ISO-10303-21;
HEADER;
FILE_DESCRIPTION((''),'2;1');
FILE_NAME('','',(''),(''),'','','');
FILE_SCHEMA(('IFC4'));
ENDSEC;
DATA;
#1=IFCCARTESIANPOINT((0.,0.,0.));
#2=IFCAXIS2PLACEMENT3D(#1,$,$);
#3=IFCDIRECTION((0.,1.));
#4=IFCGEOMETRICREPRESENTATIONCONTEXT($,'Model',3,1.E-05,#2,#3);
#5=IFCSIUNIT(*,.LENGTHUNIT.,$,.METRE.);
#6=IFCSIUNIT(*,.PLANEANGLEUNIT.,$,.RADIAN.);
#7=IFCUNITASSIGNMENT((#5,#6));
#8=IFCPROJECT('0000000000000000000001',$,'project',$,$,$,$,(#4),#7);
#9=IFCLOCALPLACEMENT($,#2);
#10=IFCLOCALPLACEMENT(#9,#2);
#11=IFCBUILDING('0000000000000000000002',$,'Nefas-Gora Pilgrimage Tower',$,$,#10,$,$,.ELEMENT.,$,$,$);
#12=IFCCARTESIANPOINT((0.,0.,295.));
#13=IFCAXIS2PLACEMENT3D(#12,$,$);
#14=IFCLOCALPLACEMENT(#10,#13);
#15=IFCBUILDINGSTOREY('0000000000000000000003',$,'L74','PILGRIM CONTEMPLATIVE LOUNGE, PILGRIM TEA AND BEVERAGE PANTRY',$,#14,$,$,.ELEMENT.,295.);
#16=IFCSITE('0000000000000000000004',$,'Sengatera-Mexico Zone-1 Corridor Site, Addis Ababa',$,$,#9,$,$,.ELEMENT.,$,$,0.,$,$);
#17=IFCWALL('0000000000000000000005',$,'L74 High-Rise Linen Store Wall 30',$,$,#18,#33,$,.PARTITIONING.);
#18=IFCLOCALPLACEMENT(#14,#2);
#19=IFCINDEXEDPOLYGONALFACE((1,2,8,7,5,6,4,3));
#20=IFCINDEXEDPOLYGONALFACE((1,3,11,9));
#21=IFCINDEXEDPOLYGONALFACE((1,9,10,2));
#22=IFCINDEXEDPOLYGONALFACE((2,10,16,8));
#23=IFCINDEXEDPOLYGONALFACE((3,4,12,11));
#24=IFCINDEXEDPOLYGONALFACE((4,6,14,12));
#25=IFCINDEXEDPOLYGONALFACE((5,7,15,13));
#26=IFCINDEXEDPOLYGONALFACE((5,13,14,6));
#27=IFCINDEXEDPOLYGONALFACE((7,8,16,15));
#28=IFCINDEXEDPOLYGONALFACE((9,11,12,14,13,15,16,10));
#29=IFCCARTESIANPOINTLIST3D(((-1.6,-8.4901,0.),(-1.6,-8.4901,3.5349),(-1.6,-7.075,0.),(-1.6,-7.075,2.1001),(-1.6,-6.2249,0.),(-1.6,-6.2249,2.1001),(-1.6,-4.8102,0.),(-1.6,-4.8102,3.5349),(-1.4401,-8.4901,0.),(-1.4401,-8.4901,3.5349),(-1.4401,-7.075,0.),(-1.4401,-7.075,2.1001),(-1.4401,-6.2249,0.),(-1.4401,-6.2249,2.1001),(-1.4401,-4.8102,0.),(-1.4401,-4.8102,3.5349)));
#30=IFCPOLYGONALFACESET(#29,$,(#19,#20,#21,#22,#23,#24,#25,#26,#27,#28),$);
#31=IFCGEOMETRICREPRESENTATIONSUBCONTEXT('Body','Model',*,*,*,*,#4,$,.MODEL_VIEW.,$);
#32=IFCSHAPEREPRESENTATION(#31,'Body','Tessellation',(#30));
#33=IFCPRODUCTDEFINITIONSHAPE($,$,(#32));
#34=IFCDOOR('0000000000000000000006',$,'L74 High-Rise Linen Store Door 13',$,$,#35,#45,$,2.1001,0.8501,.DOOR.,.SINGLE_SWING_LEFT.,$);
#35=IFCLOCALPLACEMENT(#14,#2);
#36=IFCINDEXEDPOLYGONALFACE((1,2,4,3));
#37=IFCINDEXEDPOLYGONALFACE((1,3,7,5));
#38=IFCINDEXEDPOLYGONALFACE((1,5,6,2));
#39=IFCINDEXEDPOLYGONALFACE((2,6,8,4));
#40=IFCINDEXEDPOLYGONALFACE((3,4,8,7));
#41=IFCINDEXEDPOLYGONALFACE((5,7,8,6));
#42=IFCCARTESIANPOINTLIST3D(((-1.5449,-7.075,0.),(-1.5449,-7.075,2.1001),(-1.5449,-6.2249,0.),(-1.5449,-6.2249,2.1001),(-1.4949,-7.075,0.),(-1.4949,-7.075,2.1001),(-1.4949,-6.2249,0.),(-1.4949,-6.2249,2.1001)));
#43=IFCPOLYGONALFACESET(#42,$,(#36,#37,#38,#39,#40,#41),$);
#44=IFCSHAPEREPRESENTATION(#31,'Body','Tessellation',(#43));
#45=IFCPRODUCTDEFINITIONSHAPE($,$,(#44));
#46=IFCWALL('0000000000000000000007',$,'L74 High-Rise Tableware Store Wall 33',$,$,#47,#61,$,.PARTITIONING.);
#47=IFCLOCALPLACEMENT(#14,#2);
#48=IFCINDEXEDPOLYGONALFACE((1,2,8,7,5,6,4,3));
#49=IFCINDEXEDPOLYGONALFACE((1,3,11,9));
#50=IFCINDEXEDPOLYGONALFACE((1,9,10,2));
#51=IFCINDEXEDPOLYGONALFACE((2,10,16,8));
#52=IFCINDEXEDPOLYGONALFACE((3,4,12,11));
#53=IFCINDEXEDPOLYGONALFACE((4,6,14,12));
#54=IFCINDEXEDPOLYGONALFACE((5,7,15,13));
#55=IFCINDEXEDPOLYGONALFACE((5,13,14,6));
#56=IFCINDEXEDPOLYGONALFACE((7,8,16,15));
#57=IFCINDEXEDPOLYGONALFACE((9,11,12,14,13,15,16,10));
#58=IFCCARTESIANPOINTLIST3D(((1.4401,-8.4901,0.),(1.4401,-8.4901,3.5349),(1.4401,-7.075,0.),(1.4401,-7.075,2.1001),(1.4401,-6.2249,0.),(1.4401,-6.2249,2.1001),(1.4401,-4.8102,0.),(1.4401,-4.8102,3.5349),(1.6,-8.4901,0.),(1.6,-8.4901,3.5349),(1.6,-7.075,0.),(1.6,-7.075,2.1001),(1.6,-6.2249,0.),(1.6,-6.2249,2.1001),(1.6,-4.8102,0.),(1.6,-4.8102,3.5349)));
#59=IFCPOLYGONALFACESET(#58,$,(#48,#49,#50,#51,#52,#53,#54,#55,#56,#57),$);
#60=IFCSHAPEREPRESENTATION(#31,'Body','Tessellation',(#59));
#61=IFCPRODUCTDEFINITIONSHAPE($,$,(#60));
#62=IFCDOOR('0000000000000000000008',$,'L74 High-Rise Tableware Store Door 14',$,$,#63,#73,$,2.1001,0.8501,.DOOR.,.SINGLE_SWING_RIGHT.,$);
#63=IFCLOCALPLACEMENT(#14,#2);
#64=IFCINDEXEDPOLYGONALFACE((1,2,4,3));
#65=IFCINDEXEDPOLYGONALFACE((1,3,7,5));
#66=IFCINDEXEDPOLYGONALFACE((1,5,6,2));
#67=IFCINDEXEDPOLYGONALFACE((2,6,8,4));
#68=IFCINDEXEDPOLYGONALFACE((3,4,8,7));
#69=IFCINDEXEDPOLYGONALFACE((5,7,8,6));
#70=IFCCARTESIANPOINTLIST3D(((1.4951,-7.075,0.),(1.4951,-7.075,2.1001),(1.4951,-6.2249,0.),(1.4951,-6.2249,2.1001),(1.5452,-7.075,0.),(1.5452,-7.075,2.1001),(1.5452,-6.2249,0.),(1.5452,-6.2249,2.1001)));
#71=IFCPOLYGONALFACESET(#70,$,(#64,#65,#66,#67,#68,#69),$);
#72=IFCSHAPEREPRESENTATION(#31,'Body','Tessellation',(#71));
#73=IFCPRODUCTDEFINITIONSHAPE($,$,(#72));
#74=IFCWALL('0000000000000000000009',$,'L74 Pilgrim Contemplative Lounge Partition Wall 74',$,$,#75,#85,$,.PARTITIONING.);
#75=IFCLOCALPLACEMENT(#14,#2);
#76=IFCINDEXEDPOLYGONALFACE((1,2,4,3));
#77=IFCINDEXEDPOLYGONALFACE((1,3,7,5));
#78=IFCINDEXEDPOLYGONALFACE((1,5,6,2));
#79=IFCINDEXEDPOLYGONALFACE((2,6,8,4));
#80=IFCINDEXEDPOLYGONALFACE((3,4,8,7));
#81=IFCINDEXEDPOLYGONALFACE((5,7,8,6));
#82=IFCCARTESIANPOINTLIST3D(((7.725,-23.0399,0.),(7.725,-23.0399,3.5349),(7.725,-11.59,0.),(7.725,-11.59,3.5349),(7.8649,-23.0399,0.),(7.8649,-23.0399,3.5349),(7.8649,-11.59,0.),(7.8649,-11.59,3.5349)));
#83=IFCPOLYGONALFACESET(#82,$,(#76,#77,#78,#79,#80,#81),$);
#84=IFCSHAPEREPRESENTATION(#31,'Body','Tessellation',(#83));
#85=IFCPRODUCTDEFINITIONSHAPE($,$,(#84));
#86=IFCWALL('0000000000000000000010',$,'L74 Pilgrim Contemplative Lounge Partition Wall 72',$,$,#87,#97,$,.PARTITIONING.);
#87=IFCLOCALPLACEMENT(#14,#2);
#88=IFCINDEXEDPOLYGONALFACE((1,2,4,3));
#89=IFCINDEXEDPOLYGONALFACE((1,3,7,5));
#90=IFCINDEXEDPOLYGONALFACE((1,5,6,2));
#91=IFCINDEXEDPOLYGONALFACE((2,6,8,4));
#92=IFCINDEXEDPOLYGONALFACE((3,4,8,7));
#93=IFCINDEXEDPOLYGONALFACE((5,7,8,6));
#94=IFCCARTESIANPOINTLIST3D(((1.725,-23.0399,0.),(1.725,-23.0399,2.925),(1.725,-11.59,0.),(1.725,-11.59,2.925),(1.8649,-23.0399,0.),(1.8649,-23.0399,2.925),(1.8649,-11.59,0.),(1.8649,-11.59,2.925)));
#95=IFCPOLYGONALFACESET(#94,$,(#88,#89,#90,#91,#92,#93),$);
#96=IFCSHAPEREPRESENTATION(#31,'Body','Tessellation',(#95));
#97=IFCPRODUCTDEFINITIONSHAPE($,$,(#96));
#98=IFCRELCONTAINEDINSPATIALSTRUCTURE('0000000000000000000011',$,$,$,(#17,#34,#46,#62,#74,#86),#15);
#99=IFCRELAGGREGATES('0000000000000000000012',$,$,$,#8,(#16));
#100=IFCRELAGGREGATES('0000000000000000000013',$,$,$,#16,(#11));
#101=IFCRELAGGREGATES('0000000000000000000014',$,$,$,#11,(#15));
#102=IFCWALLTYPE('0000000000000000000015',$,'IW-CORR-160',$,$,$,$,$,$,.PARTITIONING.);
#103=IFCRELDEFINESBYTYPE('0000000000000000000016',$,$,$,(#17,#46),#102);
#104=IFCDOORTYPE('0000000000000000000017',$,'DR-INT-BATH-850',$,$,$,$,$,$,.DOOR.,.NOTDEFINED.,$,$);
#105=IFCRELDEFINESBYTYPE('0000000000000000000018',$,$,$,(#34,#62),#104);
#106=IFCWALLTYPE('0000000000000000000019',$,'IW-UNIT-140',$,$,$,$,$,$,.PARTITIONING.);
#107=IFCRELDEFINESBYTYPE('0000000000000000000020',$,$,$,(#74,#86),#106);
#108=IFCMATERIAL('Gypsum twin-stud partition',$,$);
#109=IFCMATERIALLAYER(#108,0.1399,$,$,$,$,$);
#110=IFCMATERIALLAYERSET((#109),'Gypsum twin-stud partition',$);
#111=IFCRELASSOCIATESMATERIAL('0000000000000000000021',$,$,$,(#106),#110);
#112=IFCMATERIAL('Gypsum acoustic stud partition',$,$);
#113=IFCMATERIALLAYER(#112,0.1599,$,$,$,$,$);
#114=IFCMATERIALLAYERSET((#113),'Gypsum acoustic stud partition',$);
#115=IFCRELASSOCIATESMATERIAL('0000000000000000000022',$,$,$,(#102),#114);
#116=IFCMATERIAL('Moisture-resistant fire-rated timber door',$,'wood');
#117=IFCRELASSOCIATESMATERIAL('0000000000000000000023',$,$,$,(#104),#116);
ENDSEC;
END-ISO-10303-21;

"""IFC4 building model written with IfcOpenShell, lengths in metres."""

from ifc_helpers import new_model, si_unit, direction, frame, frame_2d, origin, place, context, subcontext, project, spatial, rectangle, extrude, source, transform, mapped, material, layer, layer_set, type_object, element, fill, save


model = new_model("IFC4")

# Units and contexts
model_context = context("Model", 3, precision=1e-05, world=origin(), true_north=direction((0.0, 1.0)))
body_context = subcontext(model_context, "Body", "Model", "MODEL_VIEW")
ifc_project = project(units=[si_unit("LENGTHUNIT", "METRE"), si_unit("PLANEANGLEUNIT", "RADIAN")], contexts=[model_context])

# Site, building, storey
site_placement = place(None, origin())
site = spatial("IfcSite", under=ifc_project, at=site_placement, Name="Sengatera-Mexico Zone-1 Corridor Site, Addis Ababa", CompositionType="ELEMENT", RefElevation=0.0)
building_placement = place(site_placement, origin())
building = spatial("IfcBuilding", under=site, at=building_placement, Name="Nefas-Gora Pilgrimage Tower", CompositionType="ELEMENT")
storey_placement = place(building_placement, frame((0.0, 0.0, 295.0)))
storey = spatial("IfcBuildingStorey", under=building, at=storey_placement, Name="L74", Description="PILGRIM CONTEMPLATIVE LOUNGE, PILGRIM TEA AND BEVERAGE PANTRY", CompositionType="ELEMENT", Elevation=295.0)

# Shared definitions
ifc_material_1 = material(Name="Gypsum twin-stud partition")
ifc_layer_1 = layer(ifc_material_1, 0.1399)
ifc_layer_set_1 = layer_set([ifc_layer_1], Name="Gypsum twin-stud partition")
wall_type_1 = type_object("IfcWallType", Name="IW-UNIT-140", PredefinedType="PARTITIONING", material=ifc_layer_set_1)

# Walls, openings, doors
ifc_material_2 = material(Name="Gypsum acoustic stud partition")
ifc_layer_2 = layer(ifc_material_2, 0.1599)
ifc_layer_set_2 = layer_set([ifc_layer_2], Name="Gypsum acoustic stud partition")
wall_type_2 = type_object("IfcWallType", Name="IW-CORR-160", PredefinedType="PARTITIONING", material=ifc_layer_set_2)
shared_shape_1 = source(origin(), body_context, "Body", "SweptSolid", [
    extrude(rectangle(XDim=3.6799, YDim=0.1599, at=frame_2d((1.8398, 0.0))), origin(), (0.0, 0.0, 1.0), 3.5349),
])
wall_1_placement = place(storey_placement, frame((-1.52, -8.49, 0.0), z_axis=(0.0, 0.0, 1.0), x_axis=(0.0, 1.0, 0.0)))
wall_1 = element("IfcWall", 1, at=wall_1_placement, inside=storey, type_object=wall_type_2, Name="L74 High-Rise Linen Store Wall 30", PredefinedType="PARTITIONING", context=body_context, shape_type="MappedRepresentation", body=[
    mapped(shared_shape_1, transform((0.0, 0.0, 0.0), x_axis=(1.0, 0.0, 0.0), y_axis=(0.0, 1.0, 0.0), z_axis=(0.0, 0.0, 1.0), scale=1.0)),
])
opening_1_placement = place(wall_1_placement, frame((1.415, 0.0, 0.0)))
opening_1 = element("IfcOpeningElement", 2, at=opening_1_placement, cuts=wall_1, PredefinedType="OPENING", context=body_context, shape_type="SweptSolid", body=[
    extrude(rectangle(XDim=0.8501, YDim=2.1001, at=frame_2d((0.425, 1.05))), frame((0.0, 0.0898, 0.0), z_axis=(0.0, -1.0, 0.0), x_axis=(1.0, 0.0, 0.0)), (0.0, 0.0, 1.0), 0.1799),
])
ifc_material_3 = material(Name="Moisture-resistant fire-rated timber door", Category="wood")
door_type_1 = type_object("IfcDoorType", Name="DR-INT-BATH-850", OperationType="NOTDEFINED", PredefinedType="DOOR", material=ifc_material_3)
shared_shape_2 = source(origin(), body_context, "Body", "SweptSolid", [
    extrude(rectangle(XDim=0.8501, YDim=2.1001, at=frame_2d((0.425, 1.05))), frame((0.0, 0.0249, 0.0), z_axis=(0.0, -1.0, 0.0), x_axis=(1.0, 0.0, 0.0)), (0.0, 0.0, 1.0), 0.05),
])
door_1_placement = place(opening_1_placement, origin())
door_1 = element("IfcDoor", 3, at=door_1_placement, inside=storey, type_object=door_type_1, Name="L74 High-Rise Linen Store Door 13", OperationType="SINGLE_SWING_LEFT", OverallHeight=2.1001, OverallWidth=0.8501, PredefinedType="DOOR", context=body_context, shape_type="MappedRepresentation", body=[
    mapped(shared_shape_2, transform((0.0, 0.0, 0.0), x_axis=(1.0, 0.0, 0.0), y_axis=(0.0, 1.0, 0.0), z_axis=(0.0, 0.0, 1.0), scale=1.0)),
])
fill(opening_1, door_1)
wall_2_placement = place(storey_placement, frame((1.52, -8.49, 0.0), z_axis=(0.0, 0.0, 1.0), x_axis=(0.0, 1.0, 0.0)))
wall_2 = element("IfcWall", 4, at=wall_2_placement, inside=storey, type_object=wall_type_2, Name="L74 High-Rise Tableware Store Wall 33", PredefinedType="PARTITIONING", context=body_context, shape_type="MappedRepresentation", body=[
    mapped(shared_shape_1, transform((0.0, 0.0, 0.0), x_axis=(1.0, 0.0, 0.0), y_axis=(0.0, 1.0, 0.0), z_axis=(0.0, 0.0, 1.0), scale=1.0)),
])
opening_2_placement = place(wall_2_placement, frame((1.415, 0.0, 0.0)))
opening_2 = element("IfcOpeningElement", 5, at=opening_2_placement, cuts=wall_2, PredefinedType="OPENING", context=body_context, shape_type="SweptSolid", body=[
    extrude(rectangle(XDim=0.8501, YDim=2.1001, at=frame_2d((0.425, 1.05))), frame((0.0, 0.0898, 0.0), z_axis=(0.0, -1.0, 0.0), x_axis=(1.0, 0.0, 0.0)), (0.0, 0.0, 1.0), 0.1799),
])
door_2_placement = place(opening_2_placement, origin())
door_2 = element("IfcDoor", 6, at=door_2_placement, inside=storey, type_object=door_type_1, Name="L74 High-Rise Tableware Store Door 14", OperationType="SINGLE_SWING_RIGHT", OverallHeight=2.1001, OverallWidth=0.8501, PredefinedType="DOOR", context=body_context, shape_type="MappedRepresentation", body=[
    mapped(shared_shape_2, transform((0.0, 0.0, 0.0), x_axis=(1.0, 0.0, 0.0), y_axis=(0.0, 1.0, 0.0), z_axis=(0.0, 0.0, 1.0), scale=1.0)),
])
fill(opening_2, door_2)

# Walls
shared_shape_3 = source(origin(), body_context, "Body", "SweptSolid", [
    extrude(rectangle(XDim=11.45, YDim=0.1399, at=frame_2d((5.7251, 0.0))), origin(), (0.0, 0.0, 1.0), 3.5349),
])
wall_3_placement = place(storey_placement, frame((7.7949, -23.04, 0.0), z_axis=(0.0, 0.0, 1.0), x_axis=(0.0, 1.0, 0.0)))
element("IfcWall", 7, at=wall_3_placement, inside=storey, type_object=wall_type_1, Name="L74 Pilgrim Contemplative Lounge Partition Wall 74", PredefinedType="PARTITIONING", context=body_context, shape_type="MappedRepresentation", body=[
    mapped(shared_shape_3, transform((0.0, 0.0, 0.0), x_axis=(1.0, 0.0, 0.0), y_axis=(0.0, 1.0, 0.0), z_axis=(0.0, 0.0, 1.0), scale=1.0)),
])
shared_shape_4 = source(origin(), body_context, "Body", "SweptSolid", [
    extrude(rectangle(XDim=11.45, YDim=0.1399, at=frame_2d((5.7251, 0.0))), origin(), (0.0, 0.0, 1.0), 2.925),
])
wall_4_placement = place(storey_placement, frame((1.7949, -23.04, 0.0), z_axis=(0.0, 0.0, 1.0), x_axis=(0.0, 1.0, 0.0)))
element("IfcWall", 8, at=wall_4_placement, inside=storey, type_object=wall_type_1, Name="L74 Pilgrim Contemplative Lounge Partition Wall 72", PredefinedType="PARTITIONING", context=body_context, shape_type="MappedRepresentation", body=[
    mapped(shared_shape_4, transform((0.0, 0.0, 0.0), x_axis=(1.0, 0.0, 0.0), y_axis=(0.0, 1.0, 0.0), z_axis=(0.0, 0.0, 1.0), scale=1.0)),
])

save(model, "model.ifc")
